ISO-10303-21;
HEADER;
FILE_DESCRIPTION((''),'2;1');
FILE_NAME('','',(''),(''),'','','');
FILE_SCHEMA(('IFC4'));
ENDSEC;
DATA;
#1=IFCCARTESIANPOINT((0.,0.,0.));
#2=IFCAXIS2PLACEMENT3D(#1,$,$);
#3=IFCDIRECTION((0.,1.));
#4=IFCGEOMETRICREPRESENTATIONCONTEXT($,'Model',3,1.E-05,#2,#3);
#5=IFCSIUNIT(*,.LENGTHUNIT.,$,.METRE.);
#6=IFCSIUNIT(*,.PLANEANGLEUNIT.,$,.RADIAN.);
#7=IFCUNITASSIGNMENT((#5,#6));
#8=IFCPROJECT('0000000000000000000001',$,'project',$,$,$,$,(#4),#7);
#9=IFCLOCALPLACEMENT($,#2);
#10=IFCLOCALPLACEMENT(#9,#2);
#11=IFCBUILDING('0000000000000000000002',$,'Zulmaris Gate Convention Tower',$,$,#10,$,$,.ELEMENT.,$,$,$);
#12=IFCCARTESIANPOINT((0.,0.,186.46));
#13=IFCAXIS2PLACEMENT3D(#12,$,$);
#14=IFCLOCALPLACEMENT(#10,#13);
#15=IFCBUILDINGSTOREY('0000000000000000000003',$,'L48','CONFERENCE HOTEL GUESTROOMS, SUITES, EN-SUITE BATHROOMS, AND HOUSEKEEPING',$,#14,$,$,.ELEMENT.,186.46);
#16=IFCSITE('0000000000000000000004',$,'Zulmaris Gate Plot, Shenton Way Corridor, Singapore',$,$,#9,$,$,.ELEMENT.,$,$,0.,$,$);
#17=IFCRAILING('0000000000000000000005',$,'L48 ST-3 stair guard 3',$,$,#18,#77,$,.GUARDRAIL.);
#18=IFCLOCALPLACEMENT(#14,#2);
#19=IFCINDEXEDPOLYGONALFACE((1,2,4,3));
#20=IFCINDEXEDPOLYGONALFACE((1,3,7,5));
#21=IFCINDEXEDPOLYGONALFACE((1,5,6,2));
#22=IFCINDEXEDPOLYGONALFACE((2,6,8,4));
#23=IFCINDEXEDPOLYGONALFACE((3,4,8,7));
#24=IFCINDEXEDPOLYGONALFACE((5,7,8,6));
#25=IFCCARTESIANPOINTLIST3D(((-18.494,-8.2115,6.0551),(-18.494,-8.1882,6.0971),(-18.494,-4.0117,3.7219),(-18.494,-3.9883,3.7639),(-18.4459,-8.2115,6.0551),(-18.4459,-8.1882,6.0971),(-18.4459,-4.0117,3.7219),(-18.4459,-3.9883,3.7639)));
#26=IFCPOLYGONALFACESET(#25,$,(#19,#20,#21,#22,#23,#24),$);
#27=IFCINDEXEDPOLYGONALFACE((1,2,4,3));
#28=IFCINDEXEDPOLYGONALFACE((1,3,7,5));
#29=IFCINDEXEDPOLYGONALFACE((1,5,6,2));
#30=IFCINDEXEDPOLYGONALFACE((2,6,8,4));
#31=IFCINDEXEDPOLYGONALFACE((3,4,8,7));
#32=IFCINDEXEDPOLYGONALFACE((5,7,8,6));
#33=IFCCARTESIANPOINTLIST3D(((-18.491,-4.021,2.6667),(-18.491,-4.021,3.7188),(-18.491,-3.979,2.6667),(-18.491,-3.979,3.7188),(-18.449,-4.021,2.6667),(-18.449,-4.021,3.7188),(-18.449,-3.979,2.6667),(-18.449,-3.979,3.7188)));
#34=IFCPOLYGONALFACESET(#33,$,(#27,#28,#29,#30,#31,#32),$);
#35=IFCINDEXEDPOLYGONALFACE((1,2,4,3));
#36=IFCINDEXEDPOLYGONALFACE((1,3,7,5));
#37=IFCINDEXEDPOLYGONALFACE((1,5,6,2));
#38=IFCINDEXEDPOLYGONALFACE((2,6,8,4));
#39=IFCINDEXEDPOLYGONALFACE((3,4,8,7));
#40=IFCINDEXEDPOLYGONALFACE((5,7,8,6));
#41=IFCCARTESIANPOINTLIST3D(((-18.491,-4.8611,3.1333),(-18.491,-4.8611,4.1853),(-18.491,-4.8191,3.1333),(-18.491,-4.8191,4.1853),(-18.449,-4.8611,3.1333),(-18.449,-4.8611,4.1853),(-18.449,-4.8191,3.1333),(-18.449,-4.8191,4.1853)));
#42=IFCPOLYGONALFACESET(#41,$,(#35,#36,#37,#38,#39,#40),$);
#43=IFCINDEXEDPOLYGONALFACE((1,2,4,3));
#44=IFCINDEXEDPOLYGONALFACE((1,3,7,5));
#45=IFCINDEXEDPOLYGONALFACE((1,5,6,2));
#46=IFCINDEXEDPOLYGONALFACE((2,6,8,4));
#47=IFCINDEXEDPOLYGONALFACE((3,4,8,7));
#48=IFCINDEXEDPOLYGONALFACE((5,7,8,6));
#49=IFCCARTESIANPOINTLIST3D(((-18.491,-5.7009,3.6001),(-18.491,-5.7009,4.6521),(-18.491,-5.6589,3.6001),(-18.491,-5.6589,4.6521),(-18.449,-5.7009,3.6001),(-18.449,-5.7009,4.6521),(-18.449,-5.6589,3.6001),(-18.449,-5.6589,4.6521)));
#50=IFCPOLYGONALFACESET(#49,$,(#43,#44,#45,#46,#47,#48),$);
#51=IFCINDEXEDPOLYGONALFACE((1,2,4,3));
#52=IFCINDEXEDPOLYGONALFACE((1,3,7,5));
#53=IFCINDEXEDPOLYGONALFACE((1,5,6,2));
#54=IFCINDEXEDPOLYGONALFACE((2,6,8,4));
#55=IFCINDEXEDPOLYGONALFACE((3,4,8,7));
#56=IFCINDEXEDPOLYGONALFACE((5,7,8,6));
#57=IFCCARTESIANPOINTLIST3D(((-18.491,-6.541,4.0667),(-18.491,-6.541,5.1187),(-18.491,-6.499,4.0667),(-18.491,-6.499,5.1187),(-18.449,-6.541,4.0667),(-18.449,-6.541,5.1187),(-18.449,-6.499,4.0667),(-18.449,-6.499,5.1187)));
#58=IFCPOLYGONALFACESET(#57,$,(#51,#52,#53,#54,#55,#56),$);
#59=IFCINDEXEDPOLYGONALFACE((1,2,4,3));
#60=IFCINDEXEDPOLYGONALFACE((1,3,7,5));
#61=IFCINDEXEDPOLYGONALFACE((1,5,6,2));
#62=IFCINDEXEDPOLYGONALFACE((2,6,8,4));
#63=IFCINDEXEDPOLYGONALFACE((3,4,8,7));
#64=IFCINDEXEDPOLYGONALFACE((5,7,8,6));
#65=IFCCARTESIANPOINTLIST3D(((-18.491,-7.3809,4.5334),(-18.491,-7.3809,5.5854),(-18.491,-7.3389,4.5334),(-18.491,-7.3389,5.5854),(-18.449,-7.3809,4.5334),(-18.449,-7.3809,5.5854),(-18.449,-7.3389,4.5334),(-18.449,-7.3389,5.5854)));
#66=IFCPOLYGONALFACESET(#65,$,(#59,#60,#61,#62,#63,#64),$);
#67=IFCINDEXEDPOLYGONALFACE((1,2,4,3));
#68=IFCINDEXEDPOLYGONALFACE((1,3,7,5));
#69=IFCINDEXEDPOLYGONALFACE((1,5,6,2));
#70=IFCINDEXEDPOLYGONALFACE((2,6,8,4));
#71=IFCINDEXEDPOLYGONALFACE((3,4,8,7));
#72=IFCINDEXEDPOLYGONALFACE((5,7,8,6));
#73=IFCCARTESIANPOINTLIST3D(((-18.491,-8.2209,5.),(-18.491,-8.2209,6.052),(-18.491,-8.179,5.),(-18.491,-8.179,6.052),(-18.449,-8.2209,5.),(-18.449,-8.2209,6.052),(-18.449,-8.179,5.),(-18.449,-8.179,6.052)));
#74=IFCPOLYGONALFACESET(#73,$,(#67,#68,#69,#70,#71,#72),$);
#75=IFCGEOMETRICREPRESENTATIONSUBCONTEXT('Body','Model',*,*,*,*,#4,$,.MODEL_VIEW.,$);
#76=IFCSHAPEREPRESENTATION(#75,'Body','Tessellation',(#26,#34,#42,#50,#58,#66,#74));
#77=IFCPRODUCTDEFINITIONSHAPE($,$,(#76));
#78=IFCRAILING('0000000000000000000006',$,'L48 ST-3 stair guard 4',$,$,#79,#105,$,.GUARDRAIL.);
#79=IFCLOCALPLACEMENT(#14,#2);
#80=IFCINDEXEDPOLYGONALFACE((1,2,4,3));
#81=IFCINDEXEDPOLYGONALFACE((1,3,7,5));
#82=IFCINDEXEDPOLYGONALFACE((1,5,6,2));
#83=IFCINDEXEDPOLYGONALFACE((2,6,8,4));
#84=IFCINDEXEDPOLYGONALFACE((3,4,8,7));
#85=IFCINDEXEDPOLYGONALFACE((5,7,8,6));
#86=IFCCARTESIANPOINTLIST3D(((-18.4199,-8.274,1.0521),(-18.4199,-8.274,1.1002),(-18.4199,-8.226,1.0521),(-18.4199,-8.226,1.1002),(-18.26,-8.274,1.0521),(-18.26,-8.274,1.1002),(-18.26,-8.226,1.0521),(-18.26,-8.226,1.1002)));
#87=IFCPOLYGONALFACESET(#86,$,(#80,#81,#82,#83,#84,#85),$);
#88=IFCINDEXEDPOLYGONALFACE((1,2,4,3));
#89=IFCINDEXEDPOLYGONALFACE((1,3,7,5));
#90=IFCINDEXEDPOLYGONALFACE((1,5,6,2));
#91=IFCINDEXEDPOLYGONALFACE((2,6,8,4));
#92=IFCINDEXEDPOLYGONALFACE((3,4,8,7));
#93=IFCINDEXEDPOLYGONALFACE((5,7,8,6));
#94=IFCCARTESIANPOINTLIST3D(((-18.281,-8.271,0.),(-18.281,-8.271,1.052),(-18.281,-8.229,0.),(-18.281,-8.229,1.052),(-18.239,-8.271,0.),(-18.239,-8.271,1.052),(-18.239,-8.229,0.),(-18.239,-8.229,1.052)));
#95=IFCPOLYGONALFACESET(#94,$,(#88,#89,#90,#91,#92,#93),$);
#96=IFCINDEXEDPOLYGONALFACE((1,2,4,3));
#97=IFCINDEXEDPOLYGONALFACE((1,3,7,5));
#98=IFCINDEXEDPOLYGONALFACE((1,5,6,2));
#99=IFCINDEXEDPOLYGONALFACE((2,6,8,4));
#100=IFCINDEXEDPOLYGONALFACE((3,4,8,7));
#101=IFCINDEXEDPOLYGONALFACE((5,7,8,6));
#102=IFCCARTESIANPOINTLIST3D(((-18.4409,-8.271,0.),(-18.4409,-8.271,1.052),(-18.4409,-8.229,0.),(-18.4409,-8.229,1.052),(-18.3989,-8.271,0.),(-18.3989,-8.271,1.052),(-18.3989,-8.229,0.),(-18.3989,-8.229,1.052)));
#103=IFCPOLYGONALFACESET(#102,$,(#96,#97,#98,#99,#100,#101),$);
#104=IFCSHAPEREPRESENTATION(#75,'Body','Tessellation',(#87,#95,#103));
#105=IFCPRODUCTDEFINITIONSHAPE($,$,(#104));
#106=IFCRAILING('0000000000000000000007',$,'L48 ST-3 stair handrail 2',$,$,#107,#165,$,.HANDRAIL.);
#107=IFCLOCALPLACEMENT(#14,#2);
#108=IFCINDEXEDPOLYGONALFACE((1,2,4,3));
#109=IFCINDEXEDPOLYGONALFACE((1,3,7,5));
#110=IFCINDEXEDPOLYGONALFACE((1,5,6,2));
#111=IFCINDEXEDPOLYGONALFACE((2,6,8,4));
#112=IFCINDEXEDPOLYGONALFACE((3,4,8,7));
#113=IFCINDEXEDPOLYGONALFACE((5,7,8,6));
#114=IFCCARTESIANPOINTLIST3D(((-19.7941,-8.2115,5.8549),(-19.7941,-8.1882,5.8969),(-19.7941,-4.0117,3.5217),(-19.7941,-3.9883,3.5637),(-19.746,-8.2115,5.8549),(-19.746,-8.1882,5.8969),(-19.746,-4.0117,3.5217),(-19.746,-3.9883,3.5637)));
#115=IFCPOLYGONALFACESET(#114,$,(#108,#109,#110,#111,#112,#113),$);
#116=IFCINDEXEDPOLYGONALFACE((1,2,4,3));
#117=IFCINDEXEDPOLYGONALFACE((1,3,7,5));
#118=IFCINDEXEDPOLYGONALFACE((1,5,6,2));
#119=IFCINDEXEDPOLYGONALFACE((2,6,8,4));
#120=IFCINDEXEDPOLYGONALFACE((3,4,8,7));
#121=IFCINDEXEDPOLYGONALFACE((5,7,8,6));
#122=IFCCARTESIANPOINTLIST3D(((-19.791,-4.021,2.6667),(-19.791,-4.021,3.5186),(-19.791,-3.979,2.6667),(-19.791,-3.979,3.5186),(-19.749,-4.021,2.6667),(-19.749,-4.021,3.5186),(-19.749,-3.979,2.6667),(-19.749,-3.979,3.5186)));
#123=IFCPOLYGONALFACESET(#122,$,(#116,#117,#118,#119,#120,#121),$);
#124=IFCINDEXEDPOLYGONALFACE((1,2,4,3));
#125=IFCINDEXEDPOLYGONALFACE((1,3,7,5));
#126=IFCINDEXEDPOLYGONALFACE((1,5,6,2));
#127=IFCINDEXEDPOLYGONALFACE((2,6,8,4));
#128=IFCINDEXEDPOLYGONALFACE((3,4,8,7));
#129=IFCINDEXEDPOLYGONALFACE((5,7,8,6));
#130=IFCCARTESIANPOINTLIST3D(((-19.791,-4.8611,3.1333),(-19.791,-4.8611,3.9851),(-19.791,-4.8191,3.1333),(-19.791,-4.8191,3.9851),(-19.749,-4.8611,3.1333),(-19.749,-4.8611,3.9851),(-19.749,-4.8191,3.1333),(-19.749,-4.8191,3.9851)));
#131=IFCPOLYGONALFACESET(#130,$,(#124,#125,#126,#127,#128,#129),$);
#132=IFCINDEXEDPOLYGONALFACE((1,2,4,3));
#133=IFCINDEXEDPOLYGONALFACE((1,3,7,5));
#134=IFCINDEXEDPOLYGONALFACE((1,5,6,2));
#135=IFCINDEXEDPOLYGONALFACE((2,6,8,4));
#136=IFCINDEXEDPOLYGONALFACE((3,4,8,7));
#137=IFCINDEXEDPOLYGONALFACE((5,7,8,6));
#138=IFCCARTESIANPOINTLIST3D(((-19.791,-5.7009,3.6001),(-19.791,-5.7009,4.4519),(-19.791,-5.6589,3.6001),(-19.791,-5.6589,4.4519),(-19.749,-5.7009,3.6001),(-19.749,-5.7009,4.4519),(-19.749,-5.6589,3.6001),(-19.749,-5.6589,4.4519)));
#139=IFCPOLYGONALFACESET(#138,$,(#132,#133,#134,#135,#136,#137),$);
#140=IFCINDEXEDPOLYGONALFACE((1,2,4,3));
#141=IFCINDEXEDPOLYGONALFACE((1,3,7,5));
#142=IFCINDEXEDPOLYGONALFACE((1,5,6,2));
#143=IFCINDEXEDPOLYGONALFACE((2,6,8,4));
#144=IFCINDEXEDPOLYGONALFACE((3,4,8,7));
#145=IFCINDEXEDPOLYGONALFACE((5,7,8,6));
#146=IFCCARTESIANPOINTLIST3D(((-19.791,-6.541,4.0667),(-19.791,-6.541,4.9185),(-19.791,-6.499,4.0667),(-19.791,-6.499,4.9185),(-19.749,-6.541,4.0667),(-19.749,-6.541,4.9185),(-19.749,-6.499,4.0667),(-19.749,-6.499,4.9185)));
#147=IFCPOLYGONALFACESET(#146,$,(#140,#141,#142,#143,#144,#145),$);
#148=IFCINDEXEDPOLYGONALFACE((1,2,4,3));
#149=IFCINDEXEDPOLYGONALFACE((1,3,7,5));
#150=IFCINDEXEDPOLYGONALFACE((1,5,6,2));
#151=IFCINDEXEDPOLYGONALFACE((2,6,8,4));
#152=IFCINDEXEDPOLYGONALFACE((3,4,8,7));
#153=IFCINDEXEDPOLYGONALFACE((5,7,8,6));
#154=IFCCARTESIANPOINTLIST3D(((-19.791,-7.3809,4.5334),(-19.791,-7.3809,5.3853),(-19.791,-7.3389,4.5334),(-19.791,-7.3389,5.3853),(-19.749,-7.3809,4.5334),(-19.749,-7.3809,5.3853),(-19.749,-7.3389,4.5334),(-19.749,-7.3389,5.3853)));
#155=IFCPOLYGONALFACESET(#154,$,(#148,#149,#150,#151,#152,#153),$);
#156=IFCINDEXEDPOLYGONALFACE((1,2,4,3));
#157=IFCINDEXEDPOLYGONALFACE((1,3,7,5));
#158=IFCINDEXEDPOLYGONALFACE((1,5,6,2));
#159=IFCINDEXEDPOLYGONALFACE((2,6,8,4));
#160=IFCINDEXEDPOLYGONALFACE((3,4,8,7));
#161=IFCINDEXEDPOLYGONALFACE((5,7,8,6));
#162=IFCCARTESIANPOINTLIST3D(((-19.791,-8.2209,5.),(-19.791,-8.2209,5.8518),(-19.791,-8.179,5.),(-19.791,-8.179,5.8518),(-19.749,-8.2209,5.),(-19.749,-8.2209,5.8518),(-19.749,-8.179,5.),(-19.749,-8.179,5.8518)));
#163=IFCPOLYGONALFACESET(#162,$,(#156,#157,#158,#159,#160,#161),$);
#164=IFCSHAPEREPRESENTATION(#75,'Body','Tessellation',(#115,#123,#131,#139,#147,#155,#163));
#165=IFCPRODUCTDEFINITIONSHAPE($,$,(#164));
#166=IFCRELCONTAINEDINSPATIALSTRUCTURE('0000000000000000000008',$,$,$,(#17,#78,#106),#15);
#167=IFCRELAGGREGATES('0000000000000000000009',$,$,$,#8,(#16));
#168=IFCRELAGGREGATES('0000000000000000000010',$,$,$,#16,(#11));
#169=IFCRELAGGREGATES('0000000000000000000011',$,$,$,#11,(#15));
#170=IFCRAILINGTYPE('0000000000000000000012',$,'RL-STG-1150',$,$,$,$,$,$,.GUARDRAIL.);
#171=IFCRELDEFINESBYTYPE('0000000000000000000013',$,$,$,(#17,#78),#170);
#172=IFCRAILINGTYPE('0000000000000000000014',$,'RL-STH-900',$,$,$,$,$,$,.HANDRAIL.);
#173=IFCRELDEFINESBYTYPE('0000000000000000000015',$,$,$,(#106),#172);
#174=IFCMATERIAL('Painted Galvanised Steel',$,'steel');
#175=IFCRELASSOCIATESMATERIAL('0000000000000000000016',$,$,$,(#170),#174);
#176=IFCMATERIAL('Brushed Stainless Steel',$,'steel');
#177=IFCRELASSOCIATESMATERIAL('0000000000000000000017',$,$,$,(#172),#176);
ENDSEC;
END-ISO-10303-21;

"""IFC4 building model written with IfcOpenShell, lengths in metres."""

from ifc_helpers import new_model, si_unit, direction, frame, origin, origin_2d, place, context, subcontext, project, spatial, rectangle, extrude, material, type_object, element, save


model = new_model("IFC4")

# Units and contexts
model_context = context("Model", 3, precision=1e-05, world=origin(), true_north=direction((0.0, 1.0)))
body_context = subcontext(model_context, "Body", "Model", "MODEL_VIEW")
ifc_project = project(units=[si_unit("LENGTHUNIT", "METRE"), si_unit("PLANEANGLEUNIT", "RADIAN")], contexts=[model_context])

# Site, building, storey
site_placement = place(None, origin())
site = spatial("IfcSite", under=ifc_project, at=site_placement, Name="Zulmaris Gate Plot, Shenton Way Corridor, Singapore", CompositionType="ELEMENT", RefElevation=0.0)
building_placement = place(site_placement, origin())
building = spatial("IfcBuilding", under=site, at=building_placement, Name="Zulmaris Gate Convention Tower", CompositionType="ELEMENT")
storey_placement = place(building_placement, frame((0.0, 0.0, 186.46)))
storey = spatial("IfcBuildingStorey", under=building, at=storey_placement, Name="L48", Description="CONFERENCE HOTEL GUESTROOMS, SUITES, EN-SUITE BATHROOMS, AND HOUSEKEEPING", CompositionType="ELEMENT", Elevation=186.46)

# Shared definitions
ifc_material_1 = material(Name="Brushed Stainless Steel", Category="steel")

# Railings
ifc_material_2 = material(Name="Painted Galvanised Steel", Category="steel")
railing_type_1 = type_object("IfcRailingType", Name="RL-STG-1150", PredefinedType="GUARDRAIL", material=ifc_material_2)
railing_1_placement = place(storey_placement, frame((-18.47, -4.0, 2.6667)))
element("IfcRailing", 1, at=railing_1_placement, inside=storey, type_object=railing_type_1, Name="L48 ST-3 stair guard 3", PredefinedType="GUARDRAIL", context=body_context, shape_type="SweptSolid", body=[
    extrude(rectangle(XDim=0.0481, YDim=0.0481, at=origin_2d()), frame((0.0, 0.0, 1.0762), z_axis=(0.0, -0.874162, 0.485634), x_axis=(1.0, 0.0, 0.0)), (0.0, 0.0, 1.0), 4.8044),
    extrude(rectangle(XDim=0.042, YDim=0.042, at=origin_2d()), origin(), (0.0, 0.0, 1.0), 1.052),
    extrude(rectangle(XDim=0.042, YDim=0.042, at=origin_2d()), frame((0.0, -0.8401, 0.4666)), (0.0, 0.0, 1.0), 1.052),
    extrude(rectangle(XDim=0.042, YDim=0.042, at=origin_2d()), frame((0.0, -1.6799, 0.9333)), (0.0, 0.0, 1.0), 1.052),
    extrude(rectangle(XDim=0.042, YDim=0.042, at=origin_2d()), frame((0.0, -2.52, 1.3999)), (0.0, 0.0, 1.0), 1.052),
    extrude(rectangle(XDim=0.042, YDim=0.042, at=origin_2d()), frame((0.0, -3.3599, 1.8667)), (0.0, 0.0, 1.0), 1.052),
    extrude(rectangle(XDim=0.042, YDim=0.042, at=origin_2d()), frame((0.0, -4.2, 2.3333)), (0.0, 0.0, 1.0), 1.052),
])
railing_2_placement = place(storey_placement, frame((-18.26, -8.25, 0.0)))
element("IfcRailing", 2, at=railing_2_placement, inside=storey, type_object=railing_type_1, Name="L48 ST-3 stair guard 4", PredefinedType="GUARDRAIL", context=body_context, shape_type="SweptSolid", body=[
    extrude(rectangle(XDim=0.0481, YDim=0.0481, at=origin_2d()), frame((0.0, 0.0, 1.0762), z_axis=(-1.0, 0.0, 0.0), x_axis=(0.0, -1.0, 0.0)), (0.0, 0.0, 1.0), 0.1599),
    extrude(rectangle(XDim=0.042, YDim=0.042, at=origin_2d()), origin(), (0.0, 0.0, 1.0), 1.052),
    extrude(rectangle(XDim=0.042, YDim=0.042, at=origin_2d()), frame((-0.1599, 0.0, 0.0)), (0.0, 0.0, 1.0), 1.052),
])
railing_type_2 = type_object("IfcRailingType", Name="RL-STH-900", PredefinedType="HANDRAIL", material=ifc_material_1)
railing_3_placement = place(storey_placement, frame((-19.77, -4.0, 2.6667)))
element("IfcRailing", 3, at=railing_3_placement, inside=storey, type_object=railing_type_2, Name="L48 ST-3 stair handrail 2", PredefinedType="HANDRAIL", context=body_context, shape_type="SweptSolid", body=[
    extrude(rectangle(XDim=0.0481, YDim=0.0481, at=origin_2d()), frame((0.0, 0.0, 0.876), z_axis=(0.0, -0.874162, 0.485634), x_axis=(1.0, 0.0, 0.0)), (0.0, 0.0, 1.0), 4.8044),
    extrude(rectangle(XDim=0.042, YDim=0.042, at=origin_2d()), origin(), (0.0, 0.0, 1.0), 0.8518),
    extrude(rectangle(XDim=0.042, YDim=0.042, at=origin_2d()), frame((0.0, -0.8401, 0.4666)), (0.0, 0.0, 1.0), 0.8518),
    extrude(rectangle(XDim=0.042, YDim=0.042, at=origin_2d()), frame((0.0, -1.6799, 0.9333)), (0.0, 0.0, 1.0), 0.8518),
    extrude(rectangle(XDim=0.042, YDim=0.042, at=origin_2d()), frame((0.0, -2.52, 1.3999)), (0.0, 0.0, 1.0), 0.8518),
    extrude(rectangle(XDim=0.042, YDim=0.042, at=origin_2d()), frame((0.0, -3.3599, 1.8667)), (0.0, 0.0, 1.0), 0.8518),
    extrude(rectangle(XDim=0.042, YDim=0.042, at=origin_2d()), frame((0.0, -4.2, 2.3333)), (0.0, 0.0, 1.0), 0.8518),
])

save(model, "model.ifc")
